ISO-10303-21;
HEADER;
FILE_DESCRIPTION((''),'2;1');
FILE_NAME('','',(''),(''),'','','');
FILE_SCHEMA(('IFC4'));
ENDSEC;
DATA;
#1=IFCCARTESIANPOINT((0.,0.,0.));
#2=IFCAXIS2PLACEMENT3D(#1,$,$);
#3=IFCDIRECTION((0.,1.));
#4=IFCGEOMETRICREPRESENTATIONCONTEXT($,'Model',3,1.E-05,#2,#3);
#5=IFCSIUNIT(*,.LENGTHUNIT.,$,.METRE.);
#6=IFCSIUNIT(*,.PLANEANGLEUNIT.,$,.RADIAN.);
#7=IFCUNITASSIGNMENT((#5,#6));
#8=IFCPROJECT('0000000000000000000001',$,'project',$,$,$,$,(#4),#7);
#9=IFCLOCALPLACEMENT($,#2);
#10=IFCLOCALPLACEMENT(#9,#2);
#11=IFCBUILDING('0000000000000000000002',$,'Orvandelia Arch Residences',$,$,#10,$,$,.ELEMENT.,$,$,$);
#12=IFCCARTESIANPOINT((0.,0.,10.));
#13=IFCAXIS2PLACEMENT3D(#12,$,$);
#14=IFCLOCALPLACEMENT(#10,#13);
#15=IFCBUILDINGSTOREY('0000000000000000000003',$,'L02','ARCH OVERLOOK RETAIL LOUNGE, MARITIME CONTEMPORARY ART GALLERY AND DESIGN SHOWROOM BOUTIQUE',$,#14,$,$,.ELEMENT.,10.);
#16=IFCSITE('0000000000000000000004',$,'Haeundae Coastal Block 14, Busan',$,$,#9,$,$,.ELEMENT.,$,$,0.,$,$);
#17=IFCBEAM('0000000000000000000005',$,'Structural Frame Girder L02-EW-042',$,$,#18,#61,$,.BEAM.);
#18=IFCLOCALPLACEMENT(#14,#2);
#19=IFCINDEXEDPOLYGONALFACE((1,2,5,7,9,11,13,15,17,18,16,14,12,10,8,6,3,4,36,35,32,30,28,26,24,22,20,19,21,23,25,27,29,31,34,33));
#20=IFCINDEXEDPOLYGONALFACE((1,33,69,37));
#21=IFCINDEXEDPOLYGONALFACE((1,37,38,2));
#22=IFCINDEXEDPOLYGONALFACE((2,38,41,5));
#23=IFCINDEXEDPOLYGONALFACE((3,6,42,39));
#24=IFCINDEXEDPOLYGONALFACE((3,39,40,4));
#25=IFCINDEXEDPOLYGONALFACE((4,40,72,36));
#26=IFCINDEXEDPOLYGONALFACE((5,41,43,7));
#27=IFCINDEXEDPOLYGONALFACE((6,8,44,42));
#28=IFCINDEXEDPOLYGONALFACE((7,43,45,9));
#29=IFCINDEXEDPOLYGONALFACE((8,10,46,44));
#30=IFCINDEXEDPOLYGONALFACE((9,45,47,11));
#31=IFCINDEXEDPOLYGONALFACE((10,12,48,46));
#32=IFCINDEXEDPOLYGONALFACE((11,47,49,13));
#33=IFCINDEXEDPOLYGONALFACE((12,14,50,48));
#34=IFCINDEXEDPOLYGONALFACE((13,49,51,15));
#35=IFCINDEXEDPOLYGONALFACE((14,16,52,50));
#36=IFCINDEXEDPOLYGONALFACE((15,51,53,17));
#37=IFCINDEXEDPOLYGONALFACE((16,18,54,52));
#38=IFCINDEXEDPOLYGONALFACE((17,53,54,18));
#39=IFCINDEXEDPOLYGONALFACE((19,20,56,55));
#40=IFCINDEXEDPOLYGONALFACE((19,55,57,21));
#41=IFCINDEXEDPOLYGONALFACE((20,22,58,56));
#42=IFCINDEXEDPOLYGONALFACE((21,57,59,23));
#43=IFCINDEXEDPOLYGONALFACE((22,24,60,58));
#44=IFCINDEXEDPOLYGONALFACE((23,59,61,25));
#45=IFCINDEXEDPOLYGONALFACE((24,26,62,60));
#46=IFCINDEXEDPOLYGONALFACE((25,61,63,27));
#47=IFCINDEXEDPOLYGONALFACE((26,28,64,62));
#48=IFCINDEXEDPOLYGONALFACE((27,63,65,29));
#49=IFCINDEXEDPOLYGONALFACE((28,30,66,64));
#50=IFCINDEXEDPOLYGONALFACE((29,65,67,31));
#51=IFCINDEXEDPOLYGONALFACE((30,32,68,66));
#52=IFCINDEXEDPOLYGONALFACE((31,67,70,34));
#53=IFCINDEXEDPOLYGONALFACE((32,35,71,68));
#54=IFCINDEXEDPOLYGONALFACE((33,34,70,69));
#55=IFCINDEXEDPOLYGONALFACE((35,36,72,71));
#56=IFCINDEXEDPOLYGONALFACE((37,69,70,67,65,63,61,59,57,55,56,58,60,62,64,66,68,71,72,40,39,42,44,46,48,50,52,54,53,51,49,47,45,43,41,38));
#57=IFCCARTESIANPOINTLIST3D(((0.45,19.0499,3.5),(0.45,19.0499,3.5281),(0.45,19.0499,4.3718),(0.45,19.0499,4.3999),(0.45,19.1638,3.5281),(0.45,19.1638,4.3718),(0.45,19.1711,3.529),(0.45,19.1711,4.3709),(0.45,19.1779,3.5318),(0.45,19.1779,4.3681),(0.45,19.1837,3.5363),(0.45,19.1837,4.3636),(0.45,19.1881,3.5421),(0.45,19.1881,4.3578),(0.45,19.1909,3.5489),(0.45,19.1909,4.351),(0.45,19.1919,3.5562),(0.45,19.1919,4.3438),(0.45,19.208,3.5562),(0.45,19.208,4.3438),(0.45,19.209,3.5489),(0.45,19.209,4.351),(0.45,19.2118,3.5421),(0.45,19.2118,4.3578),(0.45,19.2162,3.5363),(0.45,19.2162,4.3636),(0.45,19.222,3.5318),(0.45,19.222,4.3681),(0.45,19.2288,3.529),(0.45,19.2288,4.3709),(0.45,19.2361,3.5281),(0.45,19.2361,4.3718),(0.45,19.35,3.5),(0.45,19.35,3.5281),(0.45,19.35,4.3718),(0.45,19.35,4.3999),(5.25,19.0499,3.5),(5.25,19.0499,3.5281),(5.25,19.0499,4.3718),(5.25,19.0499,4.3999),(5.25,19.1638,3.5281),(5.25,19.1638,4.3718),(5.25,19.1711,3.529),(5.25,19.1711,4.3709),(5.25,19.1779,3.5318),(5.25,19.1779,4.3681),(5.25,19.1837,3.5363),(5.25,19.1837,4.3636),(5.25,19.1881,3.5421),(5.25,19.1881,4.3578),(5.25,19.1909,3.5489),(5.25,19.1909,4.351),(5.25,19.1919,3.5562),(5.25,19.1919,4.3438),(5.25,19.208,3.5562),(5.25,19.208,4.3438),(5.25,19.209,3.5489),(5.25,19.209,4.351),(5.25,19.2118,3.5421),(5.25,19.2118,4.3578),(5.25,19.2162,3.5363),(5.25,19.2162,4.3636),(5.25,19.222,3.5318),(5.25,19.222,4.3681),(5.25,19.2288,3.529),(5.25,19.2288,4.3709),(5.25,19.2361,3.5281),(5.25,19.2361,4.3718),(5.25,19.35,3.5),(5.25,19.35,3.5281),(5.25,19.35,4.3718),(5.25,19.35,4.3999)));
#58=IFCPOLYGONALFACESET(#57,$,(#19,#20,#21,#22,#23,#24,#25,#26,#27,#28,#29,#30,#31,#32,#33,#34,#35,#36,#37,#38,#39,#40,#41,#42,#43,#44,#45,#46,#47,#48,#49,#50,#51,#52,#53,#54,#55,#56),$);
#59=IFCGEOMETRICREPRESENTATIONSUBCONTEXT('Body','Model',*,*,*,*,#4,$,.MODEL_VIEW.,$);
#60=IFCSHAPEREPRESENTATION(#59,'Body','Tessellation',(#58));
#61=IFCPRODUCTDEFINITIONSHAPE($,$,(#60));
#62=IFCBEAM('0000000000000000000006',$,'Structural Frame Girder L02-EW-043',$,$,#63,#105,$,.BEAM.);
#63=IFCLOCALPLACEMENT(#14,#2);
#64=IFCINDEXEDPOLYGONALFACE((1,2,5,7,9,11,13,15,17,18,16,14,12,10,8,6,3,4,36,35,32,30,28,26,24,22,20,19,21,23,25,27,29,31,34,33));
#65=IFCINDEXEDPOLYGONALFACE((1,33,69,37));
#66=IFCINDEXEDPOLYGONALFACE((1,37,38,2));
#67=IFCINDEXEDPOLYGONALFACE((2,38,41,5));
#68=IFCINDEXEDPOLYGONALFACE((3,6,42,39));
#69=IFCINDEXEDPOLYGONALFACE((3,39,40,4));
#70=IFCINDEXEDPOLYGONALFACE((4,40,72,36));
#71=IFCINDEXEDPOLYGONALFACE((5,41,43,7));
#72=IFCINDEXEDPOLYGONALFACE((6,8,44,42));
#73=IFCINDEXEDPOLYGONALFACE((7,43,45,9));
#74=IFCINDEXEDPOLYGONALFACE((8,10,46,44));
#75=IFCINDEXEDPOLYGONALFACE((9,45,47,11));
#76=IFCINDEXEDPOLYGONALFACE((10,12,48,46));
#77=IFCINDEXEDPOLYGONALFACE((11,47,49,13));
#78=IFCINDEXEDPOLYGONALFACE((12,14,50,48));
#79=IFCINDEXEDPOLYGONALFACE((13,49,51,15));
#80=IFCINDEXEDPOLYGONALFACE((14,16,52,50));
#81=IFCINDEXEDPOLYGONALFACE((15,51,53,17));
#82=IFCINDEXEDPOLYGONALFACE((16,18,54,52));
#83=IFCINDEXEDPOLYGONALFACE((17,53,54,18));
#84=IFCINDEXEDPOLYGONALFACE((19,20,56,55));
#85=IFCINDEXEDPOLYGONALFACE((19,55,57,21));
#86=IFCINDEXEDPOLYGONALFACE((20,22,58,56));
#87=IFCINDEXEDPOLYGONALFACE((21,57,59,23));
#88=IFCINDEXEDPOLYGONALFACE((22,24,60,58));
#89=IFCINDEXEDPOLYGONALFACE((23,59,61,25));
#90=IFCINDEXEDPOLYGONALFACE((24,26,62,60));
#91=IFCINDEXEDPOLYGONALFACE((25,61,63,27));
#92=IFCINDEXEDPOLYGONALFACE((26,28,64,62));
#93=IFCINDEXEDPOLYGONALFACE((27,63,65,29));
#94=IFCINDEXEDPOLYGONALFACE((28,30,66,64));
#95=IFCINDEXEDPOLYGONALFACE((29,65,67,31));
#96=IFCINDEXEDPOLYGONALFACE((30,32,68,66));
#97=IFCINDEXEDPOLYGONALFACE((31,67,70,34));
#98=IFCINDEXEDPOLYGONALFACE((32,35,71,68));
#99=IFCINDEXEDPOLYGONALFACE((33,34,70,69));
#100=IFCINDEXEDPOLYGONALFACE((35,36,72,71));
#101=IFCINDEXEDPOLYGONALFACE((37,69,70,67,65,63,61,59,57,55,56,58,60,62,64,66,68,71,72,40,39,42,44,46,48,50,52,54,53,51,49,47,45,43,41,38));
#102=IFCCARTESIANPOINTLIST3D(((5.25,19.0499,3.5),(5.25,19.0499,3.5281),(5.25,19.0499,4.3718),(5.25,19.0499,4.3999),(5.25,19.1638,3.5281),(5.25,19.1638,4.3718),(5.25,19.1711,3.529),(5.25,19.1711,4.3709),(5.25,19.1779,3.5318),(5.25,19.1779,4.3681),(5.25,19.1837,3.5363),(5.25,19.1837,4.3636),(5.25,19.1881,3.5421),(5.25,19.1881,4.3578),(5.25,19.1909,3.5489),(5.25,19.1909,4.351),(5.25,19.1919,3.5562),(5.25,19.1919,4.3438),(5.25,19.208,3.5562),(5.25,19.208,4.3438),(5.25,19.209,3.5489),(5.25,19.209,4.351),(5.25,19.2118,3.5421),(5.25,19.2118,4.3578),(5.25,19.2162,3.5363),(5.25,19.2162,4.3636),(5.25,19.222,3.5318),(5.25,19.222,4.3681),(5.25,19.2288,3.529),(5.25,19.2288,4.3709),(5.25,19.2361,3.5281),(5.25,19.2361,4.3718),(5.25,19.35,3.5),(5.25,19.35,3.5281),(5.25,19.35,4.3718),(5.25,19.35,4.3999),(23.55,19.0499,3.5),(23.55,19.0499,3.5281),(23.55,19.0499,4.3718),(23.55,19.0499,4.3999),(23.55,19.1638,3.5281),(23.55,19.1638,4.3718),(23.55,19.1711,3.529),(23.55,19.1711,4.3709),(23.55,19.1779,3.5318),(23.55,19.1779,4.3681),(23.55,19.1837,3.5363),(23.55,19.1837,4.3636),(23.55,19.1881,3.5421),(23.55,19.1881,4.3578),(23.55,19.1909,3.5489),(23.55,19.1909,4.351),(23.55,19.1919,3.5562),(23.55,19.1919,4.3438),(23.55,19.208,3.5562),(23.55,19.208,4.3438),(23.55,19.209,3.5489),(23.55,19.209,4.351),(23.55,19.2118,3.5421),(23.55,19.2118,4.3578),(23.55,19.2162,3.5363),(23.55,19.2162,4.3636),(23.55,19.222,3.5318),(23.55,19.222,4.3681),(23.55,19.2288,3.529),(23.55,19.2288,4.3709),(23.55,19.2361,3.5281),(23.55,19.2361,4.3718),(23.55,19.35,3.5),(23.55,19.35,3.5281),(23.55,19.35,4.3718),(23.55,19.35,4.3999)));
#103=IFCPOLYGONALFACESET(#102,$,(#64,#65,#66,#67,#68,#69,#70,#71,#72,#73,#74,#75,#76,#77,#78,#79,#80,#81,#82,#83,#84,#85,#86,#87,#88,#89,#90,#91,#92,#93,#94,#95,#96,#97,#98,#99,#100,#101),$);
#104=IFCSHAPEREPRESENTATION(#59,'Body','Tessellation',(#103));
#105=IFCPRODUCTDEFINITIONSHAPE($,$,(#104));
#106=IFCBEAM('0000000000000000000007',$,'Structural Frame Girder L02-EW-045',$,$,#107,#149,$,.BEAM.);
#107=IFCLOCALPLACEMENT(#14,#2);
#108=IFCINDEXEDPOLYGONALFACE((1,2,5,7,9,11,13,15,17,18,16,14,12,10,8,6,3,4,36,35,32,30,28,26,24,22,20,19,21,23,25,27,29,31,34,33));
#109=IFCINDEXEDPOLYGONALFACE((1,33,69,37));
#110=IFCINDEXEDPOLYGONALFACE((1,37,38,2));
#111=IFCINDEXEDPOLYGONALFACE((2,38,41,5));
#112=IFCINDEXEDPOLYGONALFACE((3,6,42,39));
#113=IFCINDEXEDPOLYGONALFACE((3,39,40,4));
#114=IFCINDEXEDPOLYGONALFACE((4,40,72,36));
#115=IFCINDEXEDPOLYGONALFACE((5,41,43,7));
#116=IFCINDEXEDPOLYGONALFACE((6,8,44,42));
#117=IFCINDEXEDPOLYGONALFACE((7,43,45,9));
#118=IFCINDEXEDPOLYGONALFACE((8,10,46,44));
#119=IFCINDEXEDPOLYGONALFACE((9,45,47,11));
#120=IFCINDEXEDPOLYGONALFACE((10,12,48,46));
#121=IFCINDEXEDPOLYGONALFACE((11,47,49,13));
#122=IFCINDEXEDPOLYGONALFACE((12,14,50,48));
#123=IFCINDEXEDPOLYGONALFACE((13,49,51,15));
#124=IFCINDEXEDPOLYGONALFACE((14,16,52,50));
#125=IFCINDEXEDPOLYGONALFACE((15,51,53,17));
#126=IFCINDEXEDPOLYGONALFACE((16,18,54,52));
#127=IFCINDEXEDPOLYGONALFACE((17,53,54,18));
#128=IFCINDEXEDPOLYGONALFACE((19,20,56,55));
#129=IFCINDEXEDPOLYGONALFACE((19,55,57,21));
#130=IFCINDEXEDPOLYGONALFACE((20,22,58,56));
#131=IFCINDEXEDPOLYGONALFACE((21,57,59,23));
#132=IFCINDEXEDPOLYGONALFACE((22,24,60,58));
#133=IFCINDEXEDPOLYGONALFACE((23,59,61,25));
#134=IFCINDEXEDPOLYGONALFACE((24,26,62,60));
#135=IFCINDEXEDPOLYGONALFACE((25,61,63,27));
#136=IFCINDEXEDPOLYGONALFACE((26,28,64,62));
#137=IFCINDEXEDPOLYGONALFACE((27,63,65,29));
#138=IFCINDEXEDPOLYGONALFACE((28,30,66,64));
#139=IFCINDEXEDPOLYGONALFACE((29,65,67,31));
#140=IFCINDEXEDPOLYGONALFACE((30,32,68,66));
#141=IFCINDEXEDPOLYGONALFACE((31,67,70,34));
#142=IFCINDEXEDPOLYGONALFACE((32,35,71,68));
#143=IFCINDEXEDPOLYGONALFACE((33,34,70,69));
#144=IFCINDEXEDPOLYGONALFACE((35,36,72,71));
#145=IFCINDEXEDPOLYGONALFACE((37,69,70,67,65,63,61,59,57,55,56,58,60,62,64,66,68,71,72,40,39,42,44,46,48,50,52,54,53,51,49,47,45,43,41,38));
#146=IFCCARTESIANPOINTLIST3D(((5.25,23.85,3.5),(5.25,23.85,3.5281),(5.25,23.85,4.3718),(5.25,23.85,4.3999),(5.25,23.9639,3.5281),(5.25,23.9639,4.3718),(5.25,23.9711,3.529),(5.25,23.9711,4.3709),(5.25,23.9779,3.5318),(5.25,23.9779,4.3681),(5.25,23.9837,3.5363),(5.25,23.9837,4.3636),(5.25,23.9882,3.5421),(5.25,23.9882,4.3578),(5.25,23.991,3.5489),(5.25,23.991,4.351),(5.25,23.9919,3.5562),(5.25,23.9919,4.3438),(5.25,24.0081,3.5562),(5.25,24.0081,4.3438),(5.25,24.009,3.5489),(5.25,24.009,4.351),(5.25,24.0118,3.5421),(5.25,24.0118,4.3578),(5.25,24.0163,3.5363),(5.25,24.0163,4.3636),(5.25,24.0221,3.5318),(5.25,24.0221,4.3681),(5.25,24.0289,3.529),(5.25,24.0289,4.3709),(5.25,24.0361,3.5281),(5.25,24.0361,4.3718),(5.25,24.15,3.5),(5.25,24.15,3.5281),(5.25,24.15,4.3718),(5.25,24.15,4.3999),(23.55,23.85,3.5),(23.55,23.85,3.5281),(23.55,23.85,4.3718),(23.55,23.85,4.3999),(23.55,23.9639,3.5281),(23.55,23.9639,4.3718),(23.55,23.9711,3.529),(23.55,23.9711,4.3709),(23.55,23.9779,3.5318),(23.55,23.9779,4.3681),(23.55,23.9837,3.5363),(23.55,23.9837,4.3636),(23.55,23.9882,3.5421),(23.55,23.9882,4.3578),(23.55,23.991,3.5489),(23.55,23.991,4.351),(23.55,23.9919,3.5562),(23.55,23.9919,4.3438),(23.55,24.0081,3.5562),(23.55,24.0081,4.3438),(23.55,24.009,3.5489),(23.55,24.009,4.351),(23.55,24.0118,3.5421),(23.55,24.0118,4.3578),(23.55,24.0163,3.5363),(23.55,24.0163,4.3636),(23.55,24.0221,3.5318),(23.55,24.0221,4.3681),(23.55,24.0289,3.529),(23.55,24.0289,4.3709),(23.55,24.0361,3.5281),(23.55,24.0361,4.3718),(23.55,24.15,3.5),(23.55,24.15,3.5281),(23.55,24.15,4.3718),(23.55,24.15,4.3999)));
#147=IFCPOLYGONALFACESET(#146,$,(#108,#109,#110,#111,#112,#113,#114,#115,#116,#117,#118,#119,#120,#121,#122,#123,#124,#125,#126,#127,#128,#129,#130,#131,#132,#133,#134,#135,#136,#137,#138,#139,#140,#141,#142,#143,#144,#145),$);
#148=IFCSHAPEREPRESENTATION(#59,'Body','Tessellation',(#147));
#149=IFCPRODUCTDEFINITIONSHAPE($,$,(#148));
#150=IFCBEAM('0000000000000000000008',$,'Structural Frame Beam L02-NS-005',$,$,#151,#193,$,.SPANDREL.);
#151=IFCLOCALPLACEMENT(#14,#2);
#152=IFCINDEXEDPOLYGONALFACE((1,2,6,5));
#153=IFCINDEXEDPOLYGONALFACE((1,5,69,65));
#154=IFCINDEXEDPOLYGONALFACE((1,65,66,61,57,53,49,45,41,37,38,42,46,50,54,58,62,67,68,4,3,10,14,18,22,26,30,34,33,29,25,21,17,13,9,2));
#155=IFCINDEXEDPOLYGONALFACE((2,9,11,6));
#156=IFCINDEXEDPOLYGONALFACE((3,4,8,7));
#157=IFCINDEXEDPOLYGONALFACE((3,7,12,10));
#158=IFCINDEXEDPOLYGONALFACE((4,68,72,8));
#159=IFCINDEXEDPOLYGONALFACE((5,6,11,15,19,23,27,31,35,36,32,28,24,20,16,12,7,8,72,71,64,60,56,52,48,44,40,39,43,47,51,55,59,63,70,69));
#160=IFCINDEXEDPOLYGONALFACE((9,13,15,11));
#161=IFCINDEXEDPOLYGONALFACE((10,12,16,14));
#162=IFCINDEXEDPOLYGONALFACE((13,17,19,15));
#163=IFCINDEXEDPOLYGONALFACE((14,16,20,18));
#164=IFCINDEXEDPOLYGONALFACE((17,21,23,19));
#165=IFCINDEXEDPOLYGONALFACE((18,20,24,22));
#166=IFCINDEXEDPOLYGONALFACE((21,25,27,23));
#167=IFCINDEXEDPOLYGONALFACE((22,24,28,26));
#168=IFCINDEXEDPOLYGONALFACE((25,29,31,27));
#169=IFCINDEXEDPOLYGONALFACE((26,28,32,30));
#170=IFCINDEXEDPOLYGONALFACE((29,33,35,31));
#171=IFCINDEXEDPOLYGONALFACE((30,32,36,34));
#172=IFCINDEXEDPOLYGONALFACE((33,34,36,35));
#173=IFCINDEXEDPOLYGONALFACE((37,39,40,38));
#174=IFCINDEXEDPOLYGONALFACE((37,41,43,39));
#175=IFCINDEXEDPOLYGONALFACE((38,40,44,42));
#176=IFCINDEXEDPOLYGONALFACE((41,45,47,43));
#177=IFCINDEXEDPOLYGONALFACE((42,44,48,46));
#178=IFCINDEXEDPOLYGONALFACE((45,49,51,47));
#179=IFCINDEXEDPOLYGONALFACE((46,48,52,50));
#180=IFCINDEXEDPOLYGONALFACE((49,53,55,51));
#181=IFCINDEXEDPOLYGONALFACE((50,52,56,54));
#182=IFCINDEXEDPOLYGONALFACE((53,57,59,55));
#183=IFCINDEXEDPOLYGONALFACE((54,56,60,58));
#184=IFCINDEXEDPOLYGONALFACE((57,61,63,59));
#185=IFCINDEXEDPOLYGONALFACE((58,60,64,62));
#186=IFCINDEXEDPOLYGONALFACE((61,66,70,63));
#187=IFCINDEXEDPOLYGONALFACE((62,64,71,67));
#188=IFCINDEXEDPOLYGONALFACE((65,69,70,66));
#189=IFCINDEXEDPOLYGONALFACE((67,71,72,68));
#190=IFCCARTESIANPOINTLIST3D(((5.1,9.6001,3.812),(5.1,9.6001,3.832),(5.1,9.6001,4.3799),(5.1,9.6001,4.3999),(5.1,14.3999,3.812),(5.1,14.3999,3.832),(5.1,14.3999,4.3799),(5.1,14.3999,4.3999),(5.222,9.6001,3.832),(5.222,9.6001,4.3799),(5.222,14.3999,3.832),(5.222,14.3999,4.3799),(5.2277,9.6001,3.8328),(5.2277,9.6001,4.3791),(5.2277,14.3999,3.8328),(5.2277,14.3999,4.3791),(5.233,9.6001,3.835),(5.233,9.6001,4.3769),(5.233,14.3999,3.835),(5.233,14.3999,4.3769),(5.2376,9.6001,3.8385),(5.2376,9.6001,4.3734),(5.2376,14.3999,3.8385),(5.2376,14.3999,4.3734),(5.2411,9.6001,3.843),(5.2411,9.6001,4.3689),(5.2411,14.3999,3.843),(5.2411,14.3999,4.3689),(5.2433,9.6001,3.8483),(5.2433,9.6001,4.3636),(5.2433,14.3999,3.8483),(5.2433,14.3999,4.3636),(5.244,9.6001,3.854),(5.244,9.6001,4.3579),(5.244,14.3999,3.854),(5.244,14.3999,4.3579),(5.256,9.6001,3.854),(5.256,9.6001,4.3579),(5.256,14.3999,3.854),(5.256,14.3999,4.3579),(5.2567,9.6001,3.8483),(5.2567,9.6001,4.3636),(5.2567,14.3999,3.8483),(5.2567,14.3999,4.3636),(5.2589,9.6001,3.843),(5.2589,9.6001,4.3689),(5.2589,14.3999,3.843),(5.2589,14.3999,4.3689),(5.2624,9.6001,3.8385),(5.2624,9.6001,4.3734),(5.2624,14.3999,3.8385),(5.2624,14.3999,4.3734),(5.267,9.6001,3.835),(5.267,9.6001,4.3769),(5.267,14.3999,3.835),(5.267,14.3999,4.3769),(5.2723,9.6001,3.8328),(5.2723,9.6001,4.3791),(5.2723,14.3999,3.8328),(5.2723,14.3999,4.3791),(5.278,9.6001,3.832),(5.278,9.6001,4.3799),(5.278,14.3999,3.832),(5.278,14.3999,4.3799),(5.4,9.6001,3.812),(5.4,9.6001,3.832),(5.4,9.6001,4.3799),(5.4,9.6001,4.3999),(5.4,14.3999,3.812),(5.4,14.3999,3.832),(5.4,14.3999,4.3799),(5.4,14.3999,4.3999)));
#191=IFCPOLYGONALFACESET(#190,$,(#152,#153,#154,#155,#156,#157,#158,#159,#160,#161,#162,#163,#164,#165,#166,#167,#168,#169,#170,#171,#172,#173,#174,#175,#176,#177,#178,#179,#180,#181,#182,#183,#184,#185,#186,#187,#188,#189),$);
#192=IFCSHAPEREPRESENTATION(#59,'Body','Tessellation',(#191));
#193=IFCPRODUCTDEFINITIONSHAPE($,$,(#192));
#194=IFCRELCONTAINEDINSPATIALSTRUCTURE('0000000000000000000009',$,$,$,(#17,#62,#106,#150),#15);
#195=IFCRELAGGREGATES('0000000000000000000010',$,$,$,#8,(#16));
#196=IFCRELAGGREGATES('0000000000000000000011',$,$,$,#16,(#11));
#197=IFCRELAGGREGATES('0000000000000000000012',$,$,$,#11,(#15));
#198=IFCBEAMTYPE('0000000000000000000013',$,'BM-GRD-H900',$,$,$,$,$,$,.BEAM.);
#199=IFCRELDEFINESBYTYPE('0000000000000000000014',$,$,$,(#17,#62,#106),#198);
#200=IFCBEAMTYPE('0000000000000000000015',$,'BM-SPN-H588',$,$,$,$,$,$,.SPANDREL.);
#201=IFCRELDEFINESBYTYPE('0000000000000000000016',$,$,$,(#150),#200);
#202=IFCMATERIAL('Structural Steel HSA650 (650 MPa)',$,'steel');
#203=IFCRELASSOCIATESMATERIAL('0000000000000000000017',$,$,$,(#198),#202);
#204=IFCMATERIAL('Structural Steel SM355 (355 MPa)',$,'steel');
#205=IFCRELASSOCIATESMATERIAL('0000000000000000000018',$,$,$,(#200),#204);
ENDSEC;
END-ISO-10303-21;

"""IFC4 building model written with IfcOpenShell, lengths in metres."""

from ifc_helpers import new_model, si_unit, direction, frame, origin, origin_2d, place, context, subcontext, project, spatial, i_section, extrude, material, material_profile, profile_set, type_object, element, save


model = new_model("IFC4")

# Units and contexts
model_context = context("Model", 3, precision=1e-05, world=origin(), true_north=direction((0.0, 1.0)))
body_context = subcontext(model_context, "Body", "Model", "MODEL_VIEW")
ifc_project = project(units=[si_unit("LENGTHUNIT", "METRE"), si_unit("PLANEANGLEUNIT", "RADIAN")], contexts=[model_context])

# Site, building, storey
site_placement = place(None, origin())
site = spatial("IfcSite", under=ifc_project, at=site_placement, Name="Haeundae Coastal Block 14, Busan", CompositionType="ELEMENT", RefElevation=0.0)
building_placement = place(site_placement, origin())
building = spatial("IfcBuilding", under=site, at=building_placement, Name="Orvandelia Arch Residences", CompositionType="ELEMENT")
storey_placement = place(building_placement, frame((0.0, 0.0, 10.0)))
storey = spatial("IfcBuildingStorey", under=building, at=storey_placement, Name="L02", Description="ARCH OVERLOOK RETAIL LOUNGE, MARITIME CONTEMPORARY ART GALLERY AND DESIGN SHOWROOM BOUTIQUE", CompositionType="ELEMENT", Elevation=10.0)

# Beams
ifc_material_1 = material(Name="Structural Steel HSA650 (650 MPa)", Category="steel")
ifc_material_profile_1 = material_profile(ifc_material_1, i_section(OverallWidth=0.3, OverallDepth=0.8999, WebThickness=0.0161, FlangeThickness=0.0281, FilletRadius=0.0281, at=origin_2d()), Name="Structural Steel HSA650 (650 MPa)", Category="steel")
ifc_profile_set_1 = profile_set([ifc_material_profile_1], Name="Structural Steel HSA650 (650 MPa)")
beam_type_1 = type_object("IfcBeamType", Name="BM-GRD-H900", PredefinedType="BEAM", material=ifc_profile_set_1)
beam_1_placement = place(storey_placement, frame((0.45, 19.2, 3.95), z_axis=(1.0, 0.0, 0.0), x_axis=(0.0, 1.0, 0.0)))
element("IfcBeam", 1, at=beam_1_placement, inside=storey, type_object=beam_type_1, Name="Structural Frame Girder L02-EW-042", PredefinedType="BEAM", context=body_context, shape_type="SweptSolid", body=[
    extrude(i_section(OverallWidth=0.3, OverallDepth=0.8999, WebThickness=0.0161, FlangeThickness=0.0281, FilletRadius=0.0281, at=origin_2d()), origin(), (0.0, 0.0, 1.0), 4.8),
])
for number, where, z_axis, x_axis, name in (
    (2, (5.25, 19.2, 3.95), (1.0, 0.0, 0.0), (0.0, 1.0, 0.0), "Structural Frame Girder L02-EW-043"),
    (3, (5.25, 24.0, 3.95), (1.0, 0.0, 0.0), (0.0, 1.0, 0.0), "Structural Frame Girder L02-EW-045"),
):
    element("IfcBeam", number, at=place(storey_placement, frame(where, z_axis=z_axis, x_axis=x_axis)), inside=storey, type_object=beam_type_1, Name=name, PredefinedType="BEAM", context=body_context, shape_type="SweptSolid", body=[
        extrude(i_section(OverallWidth=0.3, OverallDepth=0.8999, WebThickness=0.0161, FlangeThickness=0.0281, FilletRadius=0.0281, at=origin_2d()), origin(), (0.0, 0.0, 1.0), 18.3),
    ])
ifc_material_2 = material(Name="Structural Steel SM355 (355 MPa)", Category="steel")
ifc_material_profile_2 = material_profile(ifc_material_2, i_section(OverallWidth=0.3, OverallDepth=0.5879, WebThickness=0.012, FlangeThickness=0.02, FilletRadius=0.022, at=origin_2d()), Name="Structural Steel SM355 (355 MPa)", Category="steel")
ifc_profile_set_2 = profile_set([ifc_material_profile_2], Name="Structural Steel SM355 (355 MPa)")
beam_type_2 = type_object("IfcBeamType", Name="BM-SPN-H588", PredefinedType="SPANDREL", material=ifc_profile_set_2)
beam_2_placement = place(storey_placement, frame((5.25, 9.6001, 4.106), z_axis=(0.0, 1.0, 0.0), x_axis=(-1.0, 0.0, 0.0)))
element("IfcBeam", 4, at=beam_2_placement, inside=storey, type_object=beam_type_2, Name="Structural Frame Beam L02-NS-005", PredefinedType="SPANDREL", context=body_context, shape_type="SweptSolid", body=[
    extrude(i_section(OverallWidth=0.3, OverallDepth=0.5879, WebThickness=0.012, FlangeThickness=0.02, FilletRadius=0.022, at=origin_2d()), origin(), (0.0, 0.0, 1.0), 4.7998),
])

save(model, "model.ifc")
